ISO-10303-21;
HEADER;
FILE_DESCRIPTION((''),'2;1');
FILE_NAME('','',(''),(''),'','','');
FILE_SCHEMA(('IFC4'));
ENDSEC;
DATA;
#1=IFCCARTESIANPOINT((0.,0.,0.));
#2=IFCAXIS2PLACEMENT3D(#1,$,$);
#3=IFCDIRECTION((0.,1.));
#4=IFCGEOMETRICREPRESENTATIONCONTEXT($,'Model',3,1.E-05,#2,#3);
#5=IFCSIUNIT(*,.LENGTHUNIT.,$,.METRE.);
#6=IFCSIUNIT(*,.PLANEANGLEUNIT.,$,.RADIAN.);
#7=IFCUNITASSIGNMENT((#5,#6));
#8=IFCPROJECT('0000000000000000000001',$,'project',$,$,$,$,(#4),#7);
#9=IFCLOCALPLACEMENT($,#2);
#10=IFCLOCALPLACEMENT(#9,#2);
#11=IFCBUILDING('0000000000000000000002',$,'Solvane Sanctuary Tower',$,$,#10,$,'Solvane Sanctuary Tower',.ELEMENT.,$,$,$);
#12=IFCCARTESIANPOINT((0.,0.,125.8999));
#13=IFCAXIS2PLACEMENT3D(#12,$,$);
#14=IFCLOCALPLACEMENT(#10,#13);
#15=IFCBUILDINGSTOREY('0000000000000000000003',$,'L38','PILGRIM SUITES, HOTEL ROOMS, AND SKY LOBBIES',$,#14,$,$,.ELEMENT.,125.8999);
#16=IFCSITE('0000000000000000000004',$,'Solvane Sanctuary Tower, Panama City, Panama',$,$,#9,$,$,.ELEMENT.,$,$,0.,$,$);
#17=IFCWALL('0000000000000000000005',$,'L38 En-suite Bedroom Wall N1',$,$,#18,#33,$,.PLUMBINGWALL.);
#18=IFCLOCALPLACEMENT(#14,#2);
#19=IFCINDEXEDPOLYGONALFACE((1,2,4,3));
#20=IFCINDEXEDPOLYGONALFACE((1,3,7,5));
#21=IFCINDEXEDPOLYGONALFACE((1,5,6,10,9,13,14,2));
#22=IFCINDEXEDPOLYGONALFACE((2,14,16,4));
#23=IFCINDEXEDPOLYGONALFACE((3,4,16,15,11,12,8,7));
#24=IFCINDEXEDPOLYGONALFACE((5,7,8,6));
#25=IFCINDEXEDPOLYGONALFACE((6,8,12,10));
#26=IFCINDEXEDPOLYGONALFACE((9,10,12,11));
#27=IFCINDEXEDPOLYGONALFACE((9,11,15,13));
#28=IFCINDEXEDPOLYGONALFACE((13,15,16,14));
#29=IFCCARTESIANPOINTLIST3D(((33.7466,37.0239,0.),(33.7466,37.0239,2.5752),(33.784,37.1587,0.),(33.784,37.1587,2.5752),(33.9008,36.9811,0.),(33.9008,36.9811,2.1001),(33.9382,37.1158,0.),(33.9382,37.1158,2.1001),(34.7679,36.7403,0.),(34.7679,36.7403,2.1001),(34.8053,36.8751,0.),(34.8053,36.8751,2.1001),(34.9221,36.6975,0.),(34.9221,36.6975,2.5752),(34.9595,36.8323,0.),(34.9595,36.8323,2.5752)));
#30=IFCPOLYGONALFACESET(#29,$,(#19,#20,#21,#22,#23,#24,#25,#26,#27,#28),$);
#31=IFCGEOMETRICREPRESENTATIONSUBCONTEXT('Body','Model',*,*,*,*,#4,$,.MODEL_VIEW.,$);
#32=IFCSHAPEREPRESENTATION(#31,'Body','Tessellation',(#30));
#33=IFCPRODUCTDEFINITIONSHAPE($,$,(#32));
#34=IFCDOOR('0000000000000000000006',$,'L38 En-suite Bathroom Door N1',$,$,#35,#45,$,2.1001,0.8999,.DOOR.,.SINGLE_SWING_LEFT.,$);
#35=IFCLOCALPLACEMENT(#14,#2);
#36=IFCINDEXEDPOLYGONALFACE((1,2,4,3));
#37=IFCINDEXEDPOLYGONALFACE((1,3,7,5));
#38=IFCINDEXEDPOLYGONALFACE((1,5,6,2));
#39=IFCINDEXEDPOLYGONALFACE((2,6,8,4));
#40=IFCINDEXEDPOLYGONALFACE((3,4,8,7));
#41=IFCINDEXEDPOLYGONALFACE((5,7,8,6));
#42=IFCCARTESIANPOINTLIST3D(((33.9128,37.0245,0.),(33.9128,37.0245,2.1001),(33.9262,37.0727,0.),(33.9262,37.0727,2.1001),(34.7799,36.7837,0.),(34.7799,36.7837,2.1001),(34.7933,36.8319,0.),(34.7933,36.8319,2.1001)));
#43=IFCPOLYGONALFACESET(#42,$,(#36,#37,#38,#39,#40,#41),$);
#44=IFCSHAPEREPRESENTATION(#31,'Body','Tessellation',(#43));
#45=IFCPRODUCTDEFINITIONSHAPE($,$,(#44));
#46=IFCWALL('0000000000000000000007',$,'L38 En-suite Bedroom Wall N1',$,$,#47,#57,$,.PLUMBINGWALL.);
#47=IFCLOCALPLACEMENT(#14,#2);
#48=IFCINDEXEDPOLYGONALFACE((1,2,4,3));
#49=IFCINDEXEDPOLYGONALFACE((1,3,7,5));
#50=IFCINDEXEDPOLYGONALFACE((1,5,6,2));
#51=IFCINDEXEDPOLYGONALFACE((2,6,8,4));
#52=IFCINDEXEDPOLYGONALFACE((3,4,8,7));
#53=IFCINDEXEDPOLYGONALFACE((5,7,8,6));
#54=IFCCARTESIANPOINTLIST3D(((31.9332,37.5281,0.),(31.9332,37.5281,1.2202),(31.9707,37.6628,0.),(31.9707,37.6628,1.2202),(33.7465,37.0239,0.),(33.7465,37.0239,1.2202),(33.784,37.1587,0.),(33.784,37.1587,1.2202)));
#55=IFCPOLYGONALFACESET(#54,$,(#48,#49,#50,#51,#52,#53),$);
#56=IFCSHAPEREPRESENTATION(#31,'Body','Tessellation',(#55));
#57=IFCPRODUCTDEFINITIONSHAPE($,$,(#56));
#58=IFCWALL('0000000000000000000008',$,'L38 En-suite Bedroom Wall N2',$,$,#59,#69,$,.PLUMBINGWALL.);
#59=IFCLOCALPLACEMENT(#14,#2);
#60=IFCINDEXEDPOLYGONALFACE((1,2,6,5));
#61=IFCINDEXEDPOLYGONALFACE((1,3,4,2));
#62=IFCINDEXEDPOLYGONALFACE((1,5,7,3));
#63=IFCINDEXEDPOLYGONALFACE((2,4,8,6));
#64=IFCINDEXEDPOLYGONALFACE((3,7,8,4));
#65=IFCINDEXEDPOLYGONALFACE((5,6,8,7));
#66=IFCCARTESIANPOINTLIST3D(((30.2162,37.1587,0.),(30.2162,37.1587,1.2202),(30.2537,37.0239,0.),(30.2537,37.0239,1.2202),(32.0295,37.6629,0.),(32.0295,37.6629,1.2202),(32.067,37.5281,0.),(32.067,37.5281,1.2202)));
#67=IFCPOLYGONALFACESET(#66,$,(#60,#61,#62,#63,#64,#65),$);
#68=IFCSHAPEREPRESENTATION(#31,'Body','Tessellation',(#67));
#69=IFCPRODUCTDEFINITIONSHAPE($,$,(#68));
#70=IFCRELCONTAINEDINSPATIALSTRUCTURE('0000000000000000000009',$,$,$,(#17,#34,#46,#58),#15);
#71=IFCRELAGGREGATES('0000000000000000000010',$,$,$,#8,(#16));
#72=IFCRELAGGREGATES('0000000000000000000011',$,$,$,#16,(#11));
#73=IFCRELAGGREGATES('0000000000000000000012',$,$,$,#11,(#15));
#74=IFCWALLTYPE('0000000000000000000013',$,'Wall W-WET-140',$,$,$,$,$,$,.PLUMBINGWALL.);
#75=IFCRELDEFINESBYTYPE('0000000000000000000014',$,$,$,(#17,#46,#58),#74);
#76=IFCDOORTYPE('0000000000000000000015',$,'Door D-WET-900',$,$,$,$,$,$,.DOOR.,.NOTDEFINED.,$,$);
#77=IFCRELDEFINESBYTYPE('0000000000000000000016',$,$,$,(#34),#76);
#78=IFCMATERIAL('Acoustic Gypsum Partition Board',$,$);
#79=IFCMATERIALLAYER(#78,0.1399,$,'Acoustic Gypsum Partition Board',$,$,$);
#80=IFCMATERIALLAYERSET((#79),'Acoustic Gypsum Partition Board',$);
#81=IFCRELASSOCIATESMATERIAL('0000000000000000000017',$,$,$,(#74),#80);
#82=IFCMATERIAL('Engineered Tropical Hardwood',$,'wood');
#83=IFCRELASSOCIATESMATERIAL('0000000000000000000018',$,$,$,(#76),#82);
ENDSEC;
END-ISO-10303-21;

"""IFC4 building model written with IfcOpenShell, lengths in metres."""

from ifc_helpers import new_model, si_unit, direction, frame, frame_2d, origin, place, context, subcontext, project, spatial, rectangle, extrude, material, layer, layer_set, type_object, element, fill, save


model = new_model("IFC4")

# Units and contexts
model_context = context("Model", 3, precision=1e-05, world=origin(), true_north=direction((0.0, 1.0)))
body_context = subcontext(model_context, "Body", "Model", "MODEL_VIEW")
ifc_project = project(units=[si_unit("LENGTHUNIT", "METRE"), si_unit("PLANEANGLEUNIT", "RADIAN")], contexts=[model_context])

# Site, building, storey
site_placement = place(None, origin())
site = spatial("IfcSite", under=ifc_project, at=site_placement, Name="Solvane Sanctuary Tower, Panama City, Panama", CompositionType="ELEMENT", RefElevation=0.0)
building_placement = place(site_placement, origin())
building = spatial("IfcBuilding", under=site, at=building_placement, Name="Solvane Sanctuary Tower", LongName="Solvane Sanctuary Tower", CompositionType="ELEMENT")
storey_placement = place(building_placement, frame((0.0, 0.0, 125.8999)))
storey = spatial("IfcBuildingStorey", under=building, at=storey_placement, Name="L38", Description="PILGRIM SUITES, HOTEL ROOMS, AND SKY LOBBIES", CompositionType="ELEMENT", Elevation=125.8999)

# Shared definitions
ifc_material_1 = material(Name="Acoustic Gypsum Partition Board")

# Shared definitions
ifc_material_2 = material(Name="Engineered Tropical Hardwood", Category="wood")

# Shared definitions
ifc_layer_1 = layer(ifc_material_1, 0.1399, Name="Acoustic Gypsum Partition Board")
ifc_layer_set_1 = layer_set([ifc_layer_1], Name="Acoustic Gypsum Partition Board")
wall_type_1 = type_object("IfcWallType", Name="Wall W-WET-140", PredefinedType="PLUMBINGWALL", material=ifc_layer_set_1)

# Wall, opening, door
wall_1_placement = place(storey_placement, frame((34.9407, 36.7649, 0.0), z_axis=(0.0, 0.0, 1.0), x_axis=(-0.963544, 0.267551, 0.0)))
wall_1 = element("IfcWall", 1, at=wall_1_placement, inside=storey, type_object=wall_type_1, Name="L38 En-suite Bedroom Wall N1", PredefinedType="PLUMBINGWALL", context=body_context, shape_type="SweptSolid", body=[
    extrude(rectangle(XDim=1.22, YDim=0.1399, at=frame_2d((0.6099, 0.0))), origin(), (0.0, 0.0, 1.0), 2.5752),
])
opening_1_placement = place(wall_1_placement, frame((0.1599, 0.0, 0.0)))
opening_1 = element("IfcOpeningElement", 2, at=opening_1_placement, cuts=wall_1, PredefinedType="OPENING", context=body_context, shape_type="SweptSolid", body=[
    extrude(rectangle(XDim=0.8999, YDim=2.1001, at=frame_2d((0.45, 1.05))), frame((0.0, 0.0798, 0.0), z_axis=(0.0, -1.0, 0.0), x_axis=(1.0, 0.0, 0.0)), (0.0, 0.0, 1.0), 0.1599),
])
door_type_1 = type_object("IfcDoorType", Name="Door D-WET-900", OperationType="NOTDEFINED", PredefinedType="DOOR", material=ifc_material_2)
door_1_placement = place(opening_1_placement, origin())
door_1 = element("IfcDoor", 3, at=door_1_placement, inside=storey, type_object=door_type_1, Name="L38 En-suite Bathroom Door N1", OperationType="SINGLE_SWING_LEFT", OverallHeight=2.1001, OverallWidth=0.8999, PredefinedType="DOOR", context=body_context, shape_type="SweptSolid", body=[
    extrude(rectangle(XDim=0.8999, YDim=2.1001, at=frame_2d((0.45, 1.05))), frame((0.0, 0.0249, 0.0), z_axis=(0.0, -1.0, 0.0), x_axis=(1.0, 0.0, 0.0)), (0.0, 0.0, 1.0), 0.05),
])
fill(opening_1, door_1)

# Walls
for number, where, z_axis, x_axis, name in (
    (4, (33.7651, 37.0913, 0.0), (0.0, 0.0, 1.0), (-0.963453, 0.267878, 0.0), "L38 En-suite Bedroom Wall N1"),
    (5, (32.0481, 37.5955, 0.0), (0.0, 0.0, 1.0), (-0.963453, -0.267878, 0.0), "L38 En-suite Bedroom Wall N2"),
):
    element("IfcWall", number, at=place(storey_placement, frame(where, z_axis=z_axis, x_axis=x_axis)), inside=storey, type_object=wall_type_1, Name=name, PredefinedType="PLUMBINGWALL", context=body_context, shape_type="SweptSolid", body=[
        extrude(rectangle(XDim=1.8821, YDim=0.1399, at=frame_2d((0.9409, 0.0))), origin(), (0.0, 0.0, 1.0), 1.2202),
    ])

save(model, "model.ifc")
